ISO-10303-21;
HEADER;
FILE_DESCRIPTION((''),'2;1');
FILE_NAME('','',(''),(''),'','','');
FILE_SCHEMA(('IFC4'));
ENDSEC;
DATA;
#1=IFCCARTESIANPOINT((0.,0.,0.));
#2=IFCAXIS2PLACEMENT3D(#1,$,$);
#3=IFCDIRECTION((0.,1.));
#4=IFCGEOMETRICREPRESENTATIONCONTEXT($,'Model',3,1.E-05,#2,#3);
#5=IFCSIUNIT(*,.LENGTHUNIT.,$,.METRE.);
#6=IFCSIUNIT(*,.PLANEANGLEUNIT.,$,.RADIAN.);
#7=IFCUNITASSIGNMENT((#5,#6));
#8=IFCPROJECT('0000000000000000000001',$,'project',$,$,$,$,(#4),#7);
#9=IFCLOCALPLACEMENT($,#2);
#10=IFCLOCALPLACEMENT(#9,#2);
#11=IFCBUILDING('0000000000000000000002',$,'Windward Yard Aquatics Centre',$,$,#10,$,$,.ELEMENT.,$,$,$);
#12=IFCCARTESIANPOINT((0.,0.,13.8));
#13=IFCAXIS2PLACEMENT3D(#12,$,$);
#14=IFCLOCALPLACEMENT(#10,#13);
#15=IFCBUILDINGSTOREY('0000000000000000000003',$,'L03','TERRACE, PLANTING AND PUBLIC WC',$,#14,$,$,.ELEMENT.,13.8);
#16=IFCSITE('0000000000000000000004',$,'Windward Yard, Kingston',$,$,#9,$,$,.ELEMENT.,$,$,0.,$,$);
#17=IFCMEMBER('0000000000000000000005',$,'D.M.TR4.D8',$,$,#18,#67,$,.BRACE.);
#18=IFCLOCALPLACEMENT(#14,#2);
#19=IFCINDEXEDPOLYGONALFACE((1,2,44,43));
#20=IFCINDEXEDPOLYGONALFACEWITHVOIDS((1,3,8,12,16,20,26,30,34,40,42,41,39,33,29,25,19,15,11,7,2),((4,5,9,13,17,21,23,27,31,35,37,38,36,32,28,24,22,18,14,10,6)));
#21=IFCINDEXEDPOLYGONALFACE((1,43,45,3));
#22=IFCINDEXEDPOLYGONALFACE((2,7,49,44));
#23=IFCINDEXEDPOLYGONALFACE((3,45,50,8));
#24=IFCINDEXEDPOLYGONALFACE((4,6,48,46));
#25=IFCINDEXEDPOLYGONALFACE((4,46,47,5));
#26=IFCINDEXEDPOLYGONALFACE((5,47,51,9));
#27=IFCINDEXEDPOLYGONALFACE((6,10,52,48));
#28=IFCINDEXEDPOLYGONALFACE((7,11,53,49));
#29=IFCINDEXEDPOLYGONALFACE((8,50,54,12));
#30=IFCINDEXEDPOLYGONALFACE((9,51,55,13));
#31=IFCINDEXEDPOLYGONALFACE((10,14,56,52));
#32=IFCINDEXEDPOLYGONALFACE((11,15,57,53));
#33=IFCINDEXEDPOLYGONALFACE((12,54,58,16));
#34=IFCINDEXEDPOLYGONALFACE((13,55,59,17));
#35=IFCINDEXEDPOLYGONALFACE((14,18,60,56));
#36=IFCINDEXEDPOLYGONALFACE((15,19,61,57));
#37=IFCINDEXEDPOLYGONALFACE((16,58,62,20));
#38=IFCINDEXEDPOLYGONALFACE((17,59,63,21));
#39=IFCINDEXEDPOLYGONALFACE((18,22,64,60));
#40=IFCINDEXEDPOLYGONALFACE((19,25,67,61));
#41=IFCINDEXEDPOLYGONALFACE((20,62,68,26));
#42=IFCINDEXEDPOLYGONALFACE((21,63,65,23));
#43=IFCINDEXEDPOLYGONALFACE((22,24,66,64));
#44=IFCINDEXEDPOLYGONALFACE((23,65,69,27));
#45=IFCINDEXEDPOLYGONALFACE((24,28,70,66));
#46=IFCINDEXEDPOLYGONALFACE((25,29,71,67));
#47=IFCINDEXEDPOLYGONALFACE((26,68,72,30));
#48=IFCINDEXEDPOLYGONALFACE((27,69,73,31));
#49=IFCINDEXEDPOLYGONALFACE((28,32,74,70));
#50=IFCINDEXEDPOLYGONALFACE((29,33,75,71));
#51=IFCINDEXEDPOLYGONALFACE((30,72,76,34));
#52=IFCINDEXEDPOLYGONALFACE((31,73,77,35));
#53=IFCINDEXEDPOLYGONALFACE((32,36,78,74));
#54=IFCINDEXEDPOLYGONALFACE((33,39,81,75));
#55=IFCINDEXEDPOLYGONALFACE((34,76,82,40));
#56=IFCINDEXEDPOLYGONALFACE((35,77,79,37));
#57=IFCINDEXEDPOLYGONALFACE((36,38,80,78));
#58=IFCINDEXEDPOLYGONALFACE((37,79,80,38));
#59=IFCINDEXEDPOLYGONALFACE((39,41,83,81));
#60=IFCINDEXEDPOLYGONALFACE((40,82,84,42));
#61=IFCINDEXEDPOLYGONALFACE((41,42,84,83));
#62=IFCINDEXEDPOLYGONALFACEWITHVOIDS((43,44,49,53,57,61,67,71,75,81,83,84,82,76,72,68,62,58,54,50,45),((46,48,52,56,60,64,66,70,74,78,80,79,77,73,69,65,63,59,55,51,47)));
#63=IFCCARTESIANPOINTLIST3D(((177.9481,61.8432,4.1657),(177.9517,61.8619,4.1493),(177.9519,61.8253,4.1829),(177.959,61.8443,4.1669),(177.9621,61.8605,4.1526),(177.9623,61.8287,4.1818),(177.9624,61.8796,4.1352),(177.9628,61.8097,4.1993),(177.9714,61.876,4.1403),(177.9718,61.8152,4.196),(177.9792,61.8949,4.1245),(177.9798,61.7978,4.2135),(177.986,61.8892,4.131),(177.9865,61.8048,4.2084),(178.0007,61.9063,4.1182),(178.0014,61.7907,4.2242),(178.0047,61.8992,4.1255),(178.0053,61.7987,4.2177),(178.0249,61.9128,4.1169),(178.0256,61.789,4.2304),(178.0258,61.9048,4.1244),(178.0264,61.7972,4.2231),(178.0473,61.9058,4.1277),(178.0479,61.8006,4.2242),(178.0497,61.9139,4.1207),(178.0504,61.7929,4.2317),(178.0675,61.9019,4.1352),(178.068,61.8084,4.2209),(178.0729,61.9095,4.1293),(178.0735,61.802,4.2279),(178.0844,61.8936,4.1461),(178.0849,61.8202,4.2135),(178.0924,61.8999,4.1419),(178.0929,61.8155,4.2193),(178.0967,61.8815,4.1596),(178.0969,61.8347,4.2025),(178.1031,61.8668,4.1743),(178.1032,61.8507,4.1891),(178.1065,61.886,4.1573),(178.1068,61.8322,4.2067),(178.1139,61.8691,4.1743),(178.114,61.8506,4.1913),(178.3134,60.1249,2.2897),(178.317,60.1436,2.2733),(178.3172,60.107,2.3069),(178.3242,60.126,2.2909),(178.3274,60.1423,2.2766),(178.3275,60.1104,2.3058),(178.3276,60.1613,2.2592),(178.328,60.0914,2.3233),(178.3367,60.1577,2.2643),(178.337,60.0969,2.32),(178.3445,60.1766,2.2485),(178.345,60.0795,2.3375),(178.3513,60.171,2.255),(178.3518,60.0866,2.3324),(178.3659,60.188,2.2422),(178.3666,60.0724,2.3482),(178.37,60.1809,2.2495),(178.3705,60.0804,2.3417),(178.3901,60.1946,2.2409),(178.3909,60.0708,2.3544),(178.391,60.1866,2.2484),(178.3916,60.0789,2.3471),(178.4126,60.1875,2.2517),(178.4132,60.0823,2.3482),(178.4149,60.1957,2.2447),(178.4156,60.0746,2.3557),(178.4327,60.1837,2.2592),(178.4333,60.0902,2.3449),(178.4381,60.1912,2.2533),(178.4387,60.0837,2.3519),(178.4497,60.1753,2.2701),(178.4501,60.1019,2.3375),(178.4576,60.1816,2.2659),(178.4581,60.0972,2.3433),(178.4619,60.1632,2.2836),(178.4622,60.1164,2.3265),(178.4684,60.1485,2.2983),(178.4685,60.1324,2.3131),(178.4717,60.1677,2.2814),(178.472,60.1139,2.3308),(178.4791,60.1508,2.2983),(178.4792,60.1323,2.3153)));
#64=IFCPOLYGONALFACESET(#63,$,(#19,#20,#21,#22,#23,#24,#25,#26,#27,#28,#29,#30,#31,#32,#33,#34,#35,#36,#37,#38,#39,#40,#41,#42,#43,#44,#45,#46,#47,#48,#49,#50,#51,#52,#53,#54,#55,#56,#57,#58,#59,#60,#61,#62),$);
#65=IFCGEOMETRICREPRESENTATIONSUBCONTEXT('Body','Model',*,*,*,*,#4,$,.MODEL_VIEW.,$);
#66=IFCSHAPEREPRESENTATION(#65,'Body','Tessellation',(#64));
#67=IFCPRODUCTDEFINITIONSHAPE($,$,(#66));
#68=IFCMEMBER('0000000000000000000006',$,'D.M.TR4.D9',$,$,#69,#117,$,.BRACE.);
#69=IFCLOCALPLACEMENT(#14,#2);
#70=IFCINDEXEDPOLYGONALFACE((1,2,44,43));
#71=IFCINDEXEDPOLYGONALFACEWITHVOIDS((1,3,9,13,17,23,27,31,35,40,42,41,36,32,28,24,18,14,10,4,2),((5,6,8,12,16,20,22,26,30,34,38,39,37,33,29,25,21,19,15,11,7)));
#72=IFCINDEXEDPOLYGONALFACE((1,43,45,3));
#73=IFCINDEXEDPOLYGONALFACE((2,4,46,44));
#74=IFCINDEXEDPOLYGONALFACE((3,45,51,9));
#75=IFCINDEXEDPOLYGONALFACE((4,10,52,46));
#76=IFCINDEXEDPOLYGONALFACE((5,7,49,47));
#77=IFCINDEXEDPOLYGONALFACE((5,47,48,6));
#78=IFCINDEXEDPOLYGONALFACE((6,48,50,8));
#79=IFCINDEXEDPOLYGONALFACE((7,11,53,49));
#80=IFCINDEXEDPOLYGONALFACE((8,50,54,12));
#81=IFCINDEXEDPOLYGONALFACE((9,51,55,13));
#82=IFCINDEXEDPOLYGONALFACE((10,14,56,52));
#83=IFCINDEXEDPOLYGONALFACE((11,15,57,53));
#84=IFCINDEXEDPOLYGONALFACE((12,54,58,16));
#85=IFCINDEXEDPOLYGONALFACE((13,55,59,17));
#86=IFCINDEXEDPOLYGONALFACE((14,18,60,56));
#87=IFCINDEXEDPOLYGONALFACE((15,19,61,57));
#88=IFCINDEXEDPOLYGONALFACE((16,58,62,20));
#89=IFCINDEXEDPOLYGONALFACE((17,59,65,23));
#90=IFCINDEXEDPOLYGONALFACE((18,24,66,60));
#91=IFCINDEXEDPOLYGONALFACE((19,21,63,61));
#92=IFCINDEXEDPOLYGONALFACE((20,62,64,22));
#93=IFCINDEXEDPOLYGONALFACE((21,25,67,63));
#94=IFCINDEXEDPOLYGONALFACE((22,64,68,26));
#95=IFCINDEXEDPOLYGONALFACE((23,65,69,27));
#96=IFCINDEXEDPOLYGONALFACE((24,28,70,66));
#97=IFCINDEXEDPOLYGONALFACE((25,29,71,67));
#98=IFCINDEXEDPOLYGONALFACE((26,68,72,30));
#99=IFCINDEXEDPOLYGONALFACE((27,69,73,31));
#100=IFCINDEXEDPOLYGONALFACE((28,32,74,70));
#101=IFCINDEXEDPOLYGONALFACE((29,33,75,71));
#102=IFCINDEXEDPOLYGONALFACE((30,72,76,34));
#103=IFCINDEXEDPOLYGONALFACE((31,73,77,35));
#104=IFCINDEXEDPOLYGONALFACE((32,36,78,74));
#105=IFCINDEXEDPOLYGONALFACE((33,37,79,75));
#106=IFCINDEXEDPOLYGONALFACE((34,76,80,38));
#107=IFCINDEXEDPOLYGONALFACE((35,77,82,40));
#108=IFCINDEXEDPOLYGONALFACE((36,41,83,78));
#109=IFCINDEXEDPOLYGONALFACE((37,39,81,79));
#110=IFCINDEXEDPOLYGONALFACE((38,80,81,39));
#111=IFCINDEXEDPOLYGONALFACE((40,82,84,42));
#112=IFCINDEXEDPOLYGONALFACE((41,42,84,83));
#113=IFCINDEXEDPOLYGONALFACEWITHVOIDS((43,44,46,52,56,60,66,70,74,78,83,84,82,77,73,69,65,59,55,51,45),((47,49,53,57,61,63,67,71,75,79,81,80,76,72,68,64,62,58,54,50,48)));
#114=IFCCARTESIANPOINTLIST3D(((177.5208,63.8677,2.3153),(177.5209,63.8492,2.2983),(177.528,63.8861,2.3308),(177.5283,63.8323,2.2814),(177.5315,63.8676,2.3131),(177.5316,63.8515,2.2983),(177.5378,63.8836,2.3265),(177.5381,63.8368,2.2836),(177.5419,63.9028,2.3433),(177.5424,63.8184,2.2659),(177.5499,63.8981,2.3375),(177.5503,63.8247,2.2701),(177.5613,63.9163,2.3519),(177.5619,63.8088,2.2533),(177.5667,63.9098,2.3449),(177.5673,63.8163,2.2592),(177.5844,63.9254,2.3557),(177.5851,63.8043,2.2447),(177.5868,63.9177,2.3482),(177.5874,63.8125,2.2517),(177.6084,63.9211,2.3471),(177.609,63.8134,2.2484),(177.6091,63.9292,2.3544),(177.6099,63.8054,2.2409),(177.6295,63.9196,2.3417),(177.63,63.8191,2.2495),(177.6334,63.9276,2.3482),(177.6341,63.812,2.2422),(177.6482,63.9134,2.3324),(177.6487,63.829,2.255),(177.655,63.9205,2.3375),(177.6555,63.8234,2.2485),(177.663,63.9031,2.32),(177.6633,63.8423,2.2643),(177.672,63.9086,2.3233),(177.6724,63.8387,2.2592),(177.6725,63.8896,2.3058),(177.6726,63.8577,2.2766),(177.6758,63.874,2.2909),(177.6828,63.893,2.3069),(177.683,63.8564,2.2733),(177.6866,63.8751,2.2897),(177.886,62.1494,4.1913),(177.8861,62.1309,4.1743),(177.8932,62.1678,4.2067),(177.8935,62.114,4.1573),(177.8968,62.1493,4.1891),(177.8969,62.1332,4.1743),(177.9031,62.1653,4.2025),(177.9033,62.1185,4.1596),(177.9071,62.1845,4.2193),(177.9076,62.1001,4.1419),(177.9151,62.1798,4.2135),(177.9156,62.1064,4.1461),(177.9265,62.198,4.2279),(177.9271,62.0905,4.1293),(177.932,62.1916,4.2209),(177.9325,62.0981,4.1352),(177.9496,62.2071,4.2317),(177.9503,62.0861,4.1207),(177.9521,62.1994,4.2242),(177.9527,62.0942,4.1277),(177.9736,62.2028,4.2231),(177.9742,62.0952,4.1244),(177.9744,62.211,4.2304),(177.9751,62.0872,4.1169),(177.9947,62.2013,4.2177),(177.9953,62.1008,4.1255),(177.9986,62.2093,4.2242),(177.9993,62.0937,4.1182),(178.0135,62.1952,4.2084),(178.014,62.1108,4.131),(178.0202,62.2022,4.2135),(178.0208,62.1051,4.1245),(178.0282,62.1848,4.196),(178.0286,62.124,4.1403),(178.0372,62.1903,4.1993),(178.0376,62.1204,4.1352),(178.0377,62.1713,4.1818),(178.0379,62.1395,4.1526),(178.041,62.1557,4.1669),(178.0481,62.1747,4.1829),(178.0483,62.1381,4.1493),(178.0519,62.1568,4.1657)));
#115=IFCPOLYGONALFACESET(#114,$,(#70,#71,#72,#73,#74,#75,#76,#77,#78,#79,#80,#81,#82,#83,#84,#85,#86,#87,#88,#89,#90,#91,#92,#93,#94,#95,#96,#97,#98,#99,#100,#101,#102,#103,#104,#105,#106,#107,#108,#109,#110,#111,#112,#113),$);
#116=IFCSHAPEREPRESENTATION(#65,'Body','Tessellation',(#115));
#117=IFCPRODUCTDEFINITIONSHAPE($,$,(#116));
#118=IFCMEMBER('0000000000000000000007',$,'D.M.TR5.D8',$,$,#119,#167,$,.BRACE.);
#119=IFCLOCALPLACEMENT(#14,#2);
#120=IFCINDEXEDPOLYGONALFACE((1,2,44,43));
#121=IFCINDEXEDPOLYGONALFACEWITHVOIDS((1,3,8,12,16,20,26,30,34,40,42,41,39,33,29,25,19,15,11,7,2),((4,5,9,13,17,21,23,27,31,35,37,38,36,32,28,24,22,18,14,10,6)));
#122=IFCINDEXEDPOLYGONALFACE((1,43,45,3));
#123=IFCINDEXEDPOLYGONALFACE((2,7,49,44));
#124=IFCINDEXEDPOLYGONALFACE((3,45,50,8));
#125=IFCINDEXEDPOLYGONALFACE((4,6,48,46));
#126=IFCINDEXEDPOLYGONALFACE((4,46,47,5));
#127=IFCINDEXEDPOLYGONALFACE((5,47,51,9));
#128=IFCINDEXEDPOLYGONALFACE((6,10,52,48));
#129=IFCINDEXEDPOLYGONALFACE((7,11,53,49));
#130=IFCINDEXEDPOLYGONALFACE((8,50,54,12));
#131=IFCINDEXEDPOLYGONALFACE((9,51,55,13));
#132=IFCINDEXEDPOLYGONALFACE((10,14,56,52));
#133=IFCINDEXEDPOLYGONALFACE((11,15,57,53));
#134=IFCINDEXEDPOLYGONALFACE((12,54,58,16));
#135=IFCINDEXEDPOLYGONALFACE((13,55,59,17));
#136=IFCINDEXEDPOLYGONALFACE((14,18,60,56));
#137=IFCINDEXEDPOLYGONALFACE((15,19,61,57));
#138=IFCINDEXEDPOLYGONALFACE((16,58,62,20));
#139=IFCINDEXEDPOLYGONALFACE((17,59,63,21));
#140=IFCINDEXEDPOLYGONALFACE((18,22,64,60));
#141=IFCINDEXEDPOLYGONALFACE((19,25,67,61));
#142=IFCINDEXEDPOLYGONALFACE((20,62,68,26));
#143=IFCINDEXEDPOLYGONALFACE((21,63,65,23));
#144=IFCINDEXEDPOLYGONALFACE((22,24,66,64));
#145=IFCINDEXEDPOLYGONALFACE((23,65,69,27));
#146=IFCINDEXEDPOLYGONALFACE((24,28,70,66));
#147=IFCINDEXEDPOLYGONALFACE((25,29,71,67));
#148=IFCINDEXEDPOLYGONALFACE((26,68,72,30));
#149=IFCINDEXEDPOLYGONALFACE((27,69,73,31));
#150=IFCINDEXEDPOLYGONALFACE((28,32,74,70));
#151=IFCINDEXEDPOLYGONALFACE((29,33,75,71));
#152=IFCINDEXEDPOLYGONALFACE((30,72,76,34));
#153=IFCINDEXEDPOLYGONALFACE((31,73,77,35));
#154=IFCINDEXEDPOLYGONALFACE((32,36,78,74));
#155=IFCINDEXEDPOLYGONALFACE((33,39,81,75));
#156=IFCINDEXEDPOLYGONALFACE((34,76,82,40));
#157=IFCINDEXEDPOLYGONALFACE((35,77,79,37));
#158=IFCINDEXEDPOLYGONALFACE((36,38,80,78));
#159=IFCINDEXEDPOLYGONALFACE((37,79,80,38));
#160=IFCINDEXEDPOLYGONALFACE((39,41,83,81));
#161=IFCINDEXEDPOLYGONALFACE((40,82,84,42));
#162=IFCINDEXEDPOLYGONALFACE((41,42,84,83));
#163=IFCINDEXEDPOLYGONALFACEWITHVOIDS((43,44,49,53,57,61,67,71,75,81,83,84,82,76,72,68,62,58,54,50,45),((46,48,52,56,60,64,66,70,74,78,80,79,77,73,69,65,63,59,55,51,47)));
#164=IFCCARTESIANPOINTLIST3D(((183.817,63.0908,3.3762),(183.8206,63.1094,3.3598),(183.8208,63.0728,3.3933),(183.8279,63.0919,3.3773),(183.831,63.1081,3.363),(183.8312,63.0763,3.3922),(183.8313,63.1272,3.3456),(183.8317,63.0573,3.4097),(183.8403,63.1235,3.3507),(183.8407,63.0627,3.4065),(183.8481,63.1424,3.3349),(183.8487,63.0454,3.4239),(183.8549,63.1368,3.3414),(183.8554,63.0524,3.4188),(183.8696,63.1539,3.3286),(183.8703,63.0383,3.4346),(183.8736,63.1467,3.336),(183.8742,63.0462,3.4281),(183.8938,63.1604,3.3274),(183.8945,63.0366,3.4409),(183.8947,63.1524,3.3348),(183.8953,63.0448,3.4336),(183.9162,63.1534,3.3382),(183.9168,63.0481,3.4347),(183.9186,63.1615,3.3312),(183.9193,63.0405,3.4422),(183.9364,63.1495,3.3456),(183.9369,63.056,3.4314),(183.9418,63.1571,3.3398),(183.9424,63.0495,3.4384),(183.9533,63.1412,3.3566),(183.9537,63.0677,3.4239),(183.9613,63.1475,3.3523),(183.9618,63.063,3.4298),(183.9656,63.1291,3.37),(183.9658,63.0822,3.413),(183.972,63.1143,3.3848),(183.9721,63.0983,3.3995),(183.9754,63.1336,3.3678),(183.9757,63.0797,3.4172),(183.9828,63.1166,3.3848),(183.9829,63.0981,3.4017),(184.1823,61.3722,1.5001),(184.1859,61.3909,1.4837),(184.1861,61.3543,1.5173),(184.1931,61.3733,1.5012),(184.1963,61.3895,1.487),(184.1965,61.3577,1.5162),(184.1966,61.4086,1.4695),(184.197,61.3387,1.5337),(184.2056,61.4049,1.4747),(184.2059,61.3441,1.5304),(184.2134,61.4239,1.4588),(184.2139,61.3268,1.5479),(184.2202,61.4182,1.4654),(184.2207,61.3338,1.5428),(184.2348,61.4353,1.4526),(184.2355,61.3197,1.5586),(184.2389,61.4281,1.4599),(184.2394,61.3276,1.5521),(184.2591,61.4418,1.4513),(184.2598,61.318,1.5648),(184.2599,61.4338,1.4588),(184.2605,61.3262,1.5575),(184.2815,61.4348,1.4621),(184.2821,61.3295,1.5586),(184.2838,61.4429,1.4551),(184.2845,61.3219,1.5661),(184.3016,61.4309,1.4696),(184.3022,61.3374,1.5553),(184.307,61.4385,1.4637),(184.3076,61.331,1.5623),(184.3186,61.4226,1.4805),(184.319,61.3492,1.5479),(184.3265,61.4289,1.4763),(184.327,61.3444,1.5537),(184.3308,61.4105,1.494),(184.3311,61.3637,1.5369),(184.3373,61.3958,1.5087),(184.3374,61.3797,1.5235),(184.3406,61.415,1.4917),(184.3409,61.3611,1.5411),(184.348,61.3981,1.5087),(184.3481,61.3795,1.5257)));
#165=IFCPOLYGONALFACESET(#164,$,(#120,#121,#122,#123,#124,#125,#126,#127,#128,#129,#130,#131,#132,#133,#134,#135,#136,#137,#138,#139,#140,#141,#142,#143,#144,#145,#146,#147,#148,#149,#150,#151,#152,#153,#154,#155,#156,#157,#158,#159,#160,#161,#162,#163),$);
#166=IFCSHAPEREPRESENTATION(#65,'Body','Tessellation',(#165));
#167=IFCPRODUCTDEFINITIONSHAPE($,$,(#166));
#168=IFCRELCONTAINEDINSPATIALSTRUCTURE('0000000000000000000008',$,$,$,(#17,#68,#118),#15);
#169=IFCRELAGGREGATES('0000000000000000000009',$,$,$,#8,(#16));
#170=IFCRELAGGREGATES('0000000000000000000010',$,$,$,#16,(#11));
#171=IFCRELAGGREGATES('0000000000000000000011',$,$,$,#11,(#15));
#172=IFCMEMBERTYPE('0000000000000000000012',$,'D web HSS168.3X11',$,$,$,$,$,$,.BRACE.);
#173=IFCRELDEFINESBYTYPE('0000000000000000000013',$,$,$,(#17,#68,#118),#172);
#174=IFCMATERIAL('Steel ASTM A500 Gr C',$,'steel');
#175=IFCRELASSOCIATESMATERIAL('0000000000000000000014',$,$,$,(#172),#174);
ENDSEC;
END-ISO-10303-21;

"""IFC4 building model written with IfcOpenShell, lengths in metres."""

from ifc_helpers import new_model, si_unit, direction, frame, origin, origin_2d, place, context, subcontext, project, spatial, hollow_circle, extrude, material, material_profile, profile_set, type_object, element, save


model = new_model("IFC4")

# Units and contexts
model_context = context("Model", 3, precision=1e-05, world=origin(), true_north=direction((0.0, 1.0)))
body_context = subcontext(model_context, "Body", "Model", "MODEL_VIEW")
ifc_project = project(units=[si_unit("LENGTHUNIT", "METRE"), si_unit("PLANEANGLEUNIT", "RADIAN")], contexts=[model_context])

# Site, building, storey
site_placement = place(None, origin())
site = spatial("IfcSite", under=ifc_project, at=site_placement, Name="Windward Yard, Kingston", CompositionType="ELEMENT", RefElevation=0.0)
building_placement = place(site_placement, origin())
building = spatial("IfcBuilding", under=site, at=building_placement, Name="Windward Yard Aquatics Centre", CompositionType="ELEMENT")
storey_placement = place(building_placement, frame((0.0, 0.0, 13.8)))
storey = spatial("IfcBuildingStorey", under=building, at=storey_placement, Name="L03", Description="TERRACE, PLANTING AND PUBLIC WC", CompositionType="ELEMENT", Elevation=13.8)

# Members
ifc_material_1 = material(Name="Steel ASTM A500 Gr C", Category="steel")
ifc_material_profile_1 = material_profile(ifc_material_1, hollow_circle(Radius=0.0842, WallThickness=0.011, at=origin_2d()), Name="HSS168.3X11")
ifc_profile_set_1 = profile_set([ifc_material_profile_1], Name="Steel ASTM A500 Gr C")
member_type_1 = type_object("IfcMemberType", Name="D web HSS168.3X11", PredefinedType="BRACE", material=ifc_profile_set_1)
for number, where, z_axis, x_axis, name in (
    (1, (178.0315, 61.8516, 4.1743), (0.142112, -0.668574, -0.729941), (0.978147, 0.207915, 0.0), "D.M.TR4.D8"),
    (2, (177.9685, 62.1484, 4.1743), (-0.142112, 0.668574, -0.729941), (-0.978147, -0.207915, 0.0), "D.M.TR4.D9"),
):
    element("IfcMember", number, at=place(storey_placement, frame(where, z_axis=z_axis, x_axis=x_axis)), inside=storey, type_object=member_type_1, Name=name, PredefinedType="BRACE", context=body_context, shape_type="SweptSolid", body=[
        extrude(hollow_circle(Radius=0.0842, WallThickness=0.011, at=origin_2d()), origin(), (0.0, 0.0, 1.0), 2.5701),
    ])
member_1_placement = place(storey_placement, frame((183.9004, 63.0991, 3.3848), z_axis=(0.142103, -0.668626, -0.729894), x_axis=(0.978153, 0.207887, 0.0)))
element("IfcMember", 3, at=member_1_placement, inside=storey, type_object=member_type_1, Name="D.M.TR5.D8", PredefinedType="BRACE", context=body_context, shape_type="SweptSolid", body=[
    extrude(hollow_circle(Radius=0.0842, WallThickness=0.011, at=origin_2d()), origin(), (0.0, 0.0, 1.0), 2.5703),
])

save(model, "model.ifc")
